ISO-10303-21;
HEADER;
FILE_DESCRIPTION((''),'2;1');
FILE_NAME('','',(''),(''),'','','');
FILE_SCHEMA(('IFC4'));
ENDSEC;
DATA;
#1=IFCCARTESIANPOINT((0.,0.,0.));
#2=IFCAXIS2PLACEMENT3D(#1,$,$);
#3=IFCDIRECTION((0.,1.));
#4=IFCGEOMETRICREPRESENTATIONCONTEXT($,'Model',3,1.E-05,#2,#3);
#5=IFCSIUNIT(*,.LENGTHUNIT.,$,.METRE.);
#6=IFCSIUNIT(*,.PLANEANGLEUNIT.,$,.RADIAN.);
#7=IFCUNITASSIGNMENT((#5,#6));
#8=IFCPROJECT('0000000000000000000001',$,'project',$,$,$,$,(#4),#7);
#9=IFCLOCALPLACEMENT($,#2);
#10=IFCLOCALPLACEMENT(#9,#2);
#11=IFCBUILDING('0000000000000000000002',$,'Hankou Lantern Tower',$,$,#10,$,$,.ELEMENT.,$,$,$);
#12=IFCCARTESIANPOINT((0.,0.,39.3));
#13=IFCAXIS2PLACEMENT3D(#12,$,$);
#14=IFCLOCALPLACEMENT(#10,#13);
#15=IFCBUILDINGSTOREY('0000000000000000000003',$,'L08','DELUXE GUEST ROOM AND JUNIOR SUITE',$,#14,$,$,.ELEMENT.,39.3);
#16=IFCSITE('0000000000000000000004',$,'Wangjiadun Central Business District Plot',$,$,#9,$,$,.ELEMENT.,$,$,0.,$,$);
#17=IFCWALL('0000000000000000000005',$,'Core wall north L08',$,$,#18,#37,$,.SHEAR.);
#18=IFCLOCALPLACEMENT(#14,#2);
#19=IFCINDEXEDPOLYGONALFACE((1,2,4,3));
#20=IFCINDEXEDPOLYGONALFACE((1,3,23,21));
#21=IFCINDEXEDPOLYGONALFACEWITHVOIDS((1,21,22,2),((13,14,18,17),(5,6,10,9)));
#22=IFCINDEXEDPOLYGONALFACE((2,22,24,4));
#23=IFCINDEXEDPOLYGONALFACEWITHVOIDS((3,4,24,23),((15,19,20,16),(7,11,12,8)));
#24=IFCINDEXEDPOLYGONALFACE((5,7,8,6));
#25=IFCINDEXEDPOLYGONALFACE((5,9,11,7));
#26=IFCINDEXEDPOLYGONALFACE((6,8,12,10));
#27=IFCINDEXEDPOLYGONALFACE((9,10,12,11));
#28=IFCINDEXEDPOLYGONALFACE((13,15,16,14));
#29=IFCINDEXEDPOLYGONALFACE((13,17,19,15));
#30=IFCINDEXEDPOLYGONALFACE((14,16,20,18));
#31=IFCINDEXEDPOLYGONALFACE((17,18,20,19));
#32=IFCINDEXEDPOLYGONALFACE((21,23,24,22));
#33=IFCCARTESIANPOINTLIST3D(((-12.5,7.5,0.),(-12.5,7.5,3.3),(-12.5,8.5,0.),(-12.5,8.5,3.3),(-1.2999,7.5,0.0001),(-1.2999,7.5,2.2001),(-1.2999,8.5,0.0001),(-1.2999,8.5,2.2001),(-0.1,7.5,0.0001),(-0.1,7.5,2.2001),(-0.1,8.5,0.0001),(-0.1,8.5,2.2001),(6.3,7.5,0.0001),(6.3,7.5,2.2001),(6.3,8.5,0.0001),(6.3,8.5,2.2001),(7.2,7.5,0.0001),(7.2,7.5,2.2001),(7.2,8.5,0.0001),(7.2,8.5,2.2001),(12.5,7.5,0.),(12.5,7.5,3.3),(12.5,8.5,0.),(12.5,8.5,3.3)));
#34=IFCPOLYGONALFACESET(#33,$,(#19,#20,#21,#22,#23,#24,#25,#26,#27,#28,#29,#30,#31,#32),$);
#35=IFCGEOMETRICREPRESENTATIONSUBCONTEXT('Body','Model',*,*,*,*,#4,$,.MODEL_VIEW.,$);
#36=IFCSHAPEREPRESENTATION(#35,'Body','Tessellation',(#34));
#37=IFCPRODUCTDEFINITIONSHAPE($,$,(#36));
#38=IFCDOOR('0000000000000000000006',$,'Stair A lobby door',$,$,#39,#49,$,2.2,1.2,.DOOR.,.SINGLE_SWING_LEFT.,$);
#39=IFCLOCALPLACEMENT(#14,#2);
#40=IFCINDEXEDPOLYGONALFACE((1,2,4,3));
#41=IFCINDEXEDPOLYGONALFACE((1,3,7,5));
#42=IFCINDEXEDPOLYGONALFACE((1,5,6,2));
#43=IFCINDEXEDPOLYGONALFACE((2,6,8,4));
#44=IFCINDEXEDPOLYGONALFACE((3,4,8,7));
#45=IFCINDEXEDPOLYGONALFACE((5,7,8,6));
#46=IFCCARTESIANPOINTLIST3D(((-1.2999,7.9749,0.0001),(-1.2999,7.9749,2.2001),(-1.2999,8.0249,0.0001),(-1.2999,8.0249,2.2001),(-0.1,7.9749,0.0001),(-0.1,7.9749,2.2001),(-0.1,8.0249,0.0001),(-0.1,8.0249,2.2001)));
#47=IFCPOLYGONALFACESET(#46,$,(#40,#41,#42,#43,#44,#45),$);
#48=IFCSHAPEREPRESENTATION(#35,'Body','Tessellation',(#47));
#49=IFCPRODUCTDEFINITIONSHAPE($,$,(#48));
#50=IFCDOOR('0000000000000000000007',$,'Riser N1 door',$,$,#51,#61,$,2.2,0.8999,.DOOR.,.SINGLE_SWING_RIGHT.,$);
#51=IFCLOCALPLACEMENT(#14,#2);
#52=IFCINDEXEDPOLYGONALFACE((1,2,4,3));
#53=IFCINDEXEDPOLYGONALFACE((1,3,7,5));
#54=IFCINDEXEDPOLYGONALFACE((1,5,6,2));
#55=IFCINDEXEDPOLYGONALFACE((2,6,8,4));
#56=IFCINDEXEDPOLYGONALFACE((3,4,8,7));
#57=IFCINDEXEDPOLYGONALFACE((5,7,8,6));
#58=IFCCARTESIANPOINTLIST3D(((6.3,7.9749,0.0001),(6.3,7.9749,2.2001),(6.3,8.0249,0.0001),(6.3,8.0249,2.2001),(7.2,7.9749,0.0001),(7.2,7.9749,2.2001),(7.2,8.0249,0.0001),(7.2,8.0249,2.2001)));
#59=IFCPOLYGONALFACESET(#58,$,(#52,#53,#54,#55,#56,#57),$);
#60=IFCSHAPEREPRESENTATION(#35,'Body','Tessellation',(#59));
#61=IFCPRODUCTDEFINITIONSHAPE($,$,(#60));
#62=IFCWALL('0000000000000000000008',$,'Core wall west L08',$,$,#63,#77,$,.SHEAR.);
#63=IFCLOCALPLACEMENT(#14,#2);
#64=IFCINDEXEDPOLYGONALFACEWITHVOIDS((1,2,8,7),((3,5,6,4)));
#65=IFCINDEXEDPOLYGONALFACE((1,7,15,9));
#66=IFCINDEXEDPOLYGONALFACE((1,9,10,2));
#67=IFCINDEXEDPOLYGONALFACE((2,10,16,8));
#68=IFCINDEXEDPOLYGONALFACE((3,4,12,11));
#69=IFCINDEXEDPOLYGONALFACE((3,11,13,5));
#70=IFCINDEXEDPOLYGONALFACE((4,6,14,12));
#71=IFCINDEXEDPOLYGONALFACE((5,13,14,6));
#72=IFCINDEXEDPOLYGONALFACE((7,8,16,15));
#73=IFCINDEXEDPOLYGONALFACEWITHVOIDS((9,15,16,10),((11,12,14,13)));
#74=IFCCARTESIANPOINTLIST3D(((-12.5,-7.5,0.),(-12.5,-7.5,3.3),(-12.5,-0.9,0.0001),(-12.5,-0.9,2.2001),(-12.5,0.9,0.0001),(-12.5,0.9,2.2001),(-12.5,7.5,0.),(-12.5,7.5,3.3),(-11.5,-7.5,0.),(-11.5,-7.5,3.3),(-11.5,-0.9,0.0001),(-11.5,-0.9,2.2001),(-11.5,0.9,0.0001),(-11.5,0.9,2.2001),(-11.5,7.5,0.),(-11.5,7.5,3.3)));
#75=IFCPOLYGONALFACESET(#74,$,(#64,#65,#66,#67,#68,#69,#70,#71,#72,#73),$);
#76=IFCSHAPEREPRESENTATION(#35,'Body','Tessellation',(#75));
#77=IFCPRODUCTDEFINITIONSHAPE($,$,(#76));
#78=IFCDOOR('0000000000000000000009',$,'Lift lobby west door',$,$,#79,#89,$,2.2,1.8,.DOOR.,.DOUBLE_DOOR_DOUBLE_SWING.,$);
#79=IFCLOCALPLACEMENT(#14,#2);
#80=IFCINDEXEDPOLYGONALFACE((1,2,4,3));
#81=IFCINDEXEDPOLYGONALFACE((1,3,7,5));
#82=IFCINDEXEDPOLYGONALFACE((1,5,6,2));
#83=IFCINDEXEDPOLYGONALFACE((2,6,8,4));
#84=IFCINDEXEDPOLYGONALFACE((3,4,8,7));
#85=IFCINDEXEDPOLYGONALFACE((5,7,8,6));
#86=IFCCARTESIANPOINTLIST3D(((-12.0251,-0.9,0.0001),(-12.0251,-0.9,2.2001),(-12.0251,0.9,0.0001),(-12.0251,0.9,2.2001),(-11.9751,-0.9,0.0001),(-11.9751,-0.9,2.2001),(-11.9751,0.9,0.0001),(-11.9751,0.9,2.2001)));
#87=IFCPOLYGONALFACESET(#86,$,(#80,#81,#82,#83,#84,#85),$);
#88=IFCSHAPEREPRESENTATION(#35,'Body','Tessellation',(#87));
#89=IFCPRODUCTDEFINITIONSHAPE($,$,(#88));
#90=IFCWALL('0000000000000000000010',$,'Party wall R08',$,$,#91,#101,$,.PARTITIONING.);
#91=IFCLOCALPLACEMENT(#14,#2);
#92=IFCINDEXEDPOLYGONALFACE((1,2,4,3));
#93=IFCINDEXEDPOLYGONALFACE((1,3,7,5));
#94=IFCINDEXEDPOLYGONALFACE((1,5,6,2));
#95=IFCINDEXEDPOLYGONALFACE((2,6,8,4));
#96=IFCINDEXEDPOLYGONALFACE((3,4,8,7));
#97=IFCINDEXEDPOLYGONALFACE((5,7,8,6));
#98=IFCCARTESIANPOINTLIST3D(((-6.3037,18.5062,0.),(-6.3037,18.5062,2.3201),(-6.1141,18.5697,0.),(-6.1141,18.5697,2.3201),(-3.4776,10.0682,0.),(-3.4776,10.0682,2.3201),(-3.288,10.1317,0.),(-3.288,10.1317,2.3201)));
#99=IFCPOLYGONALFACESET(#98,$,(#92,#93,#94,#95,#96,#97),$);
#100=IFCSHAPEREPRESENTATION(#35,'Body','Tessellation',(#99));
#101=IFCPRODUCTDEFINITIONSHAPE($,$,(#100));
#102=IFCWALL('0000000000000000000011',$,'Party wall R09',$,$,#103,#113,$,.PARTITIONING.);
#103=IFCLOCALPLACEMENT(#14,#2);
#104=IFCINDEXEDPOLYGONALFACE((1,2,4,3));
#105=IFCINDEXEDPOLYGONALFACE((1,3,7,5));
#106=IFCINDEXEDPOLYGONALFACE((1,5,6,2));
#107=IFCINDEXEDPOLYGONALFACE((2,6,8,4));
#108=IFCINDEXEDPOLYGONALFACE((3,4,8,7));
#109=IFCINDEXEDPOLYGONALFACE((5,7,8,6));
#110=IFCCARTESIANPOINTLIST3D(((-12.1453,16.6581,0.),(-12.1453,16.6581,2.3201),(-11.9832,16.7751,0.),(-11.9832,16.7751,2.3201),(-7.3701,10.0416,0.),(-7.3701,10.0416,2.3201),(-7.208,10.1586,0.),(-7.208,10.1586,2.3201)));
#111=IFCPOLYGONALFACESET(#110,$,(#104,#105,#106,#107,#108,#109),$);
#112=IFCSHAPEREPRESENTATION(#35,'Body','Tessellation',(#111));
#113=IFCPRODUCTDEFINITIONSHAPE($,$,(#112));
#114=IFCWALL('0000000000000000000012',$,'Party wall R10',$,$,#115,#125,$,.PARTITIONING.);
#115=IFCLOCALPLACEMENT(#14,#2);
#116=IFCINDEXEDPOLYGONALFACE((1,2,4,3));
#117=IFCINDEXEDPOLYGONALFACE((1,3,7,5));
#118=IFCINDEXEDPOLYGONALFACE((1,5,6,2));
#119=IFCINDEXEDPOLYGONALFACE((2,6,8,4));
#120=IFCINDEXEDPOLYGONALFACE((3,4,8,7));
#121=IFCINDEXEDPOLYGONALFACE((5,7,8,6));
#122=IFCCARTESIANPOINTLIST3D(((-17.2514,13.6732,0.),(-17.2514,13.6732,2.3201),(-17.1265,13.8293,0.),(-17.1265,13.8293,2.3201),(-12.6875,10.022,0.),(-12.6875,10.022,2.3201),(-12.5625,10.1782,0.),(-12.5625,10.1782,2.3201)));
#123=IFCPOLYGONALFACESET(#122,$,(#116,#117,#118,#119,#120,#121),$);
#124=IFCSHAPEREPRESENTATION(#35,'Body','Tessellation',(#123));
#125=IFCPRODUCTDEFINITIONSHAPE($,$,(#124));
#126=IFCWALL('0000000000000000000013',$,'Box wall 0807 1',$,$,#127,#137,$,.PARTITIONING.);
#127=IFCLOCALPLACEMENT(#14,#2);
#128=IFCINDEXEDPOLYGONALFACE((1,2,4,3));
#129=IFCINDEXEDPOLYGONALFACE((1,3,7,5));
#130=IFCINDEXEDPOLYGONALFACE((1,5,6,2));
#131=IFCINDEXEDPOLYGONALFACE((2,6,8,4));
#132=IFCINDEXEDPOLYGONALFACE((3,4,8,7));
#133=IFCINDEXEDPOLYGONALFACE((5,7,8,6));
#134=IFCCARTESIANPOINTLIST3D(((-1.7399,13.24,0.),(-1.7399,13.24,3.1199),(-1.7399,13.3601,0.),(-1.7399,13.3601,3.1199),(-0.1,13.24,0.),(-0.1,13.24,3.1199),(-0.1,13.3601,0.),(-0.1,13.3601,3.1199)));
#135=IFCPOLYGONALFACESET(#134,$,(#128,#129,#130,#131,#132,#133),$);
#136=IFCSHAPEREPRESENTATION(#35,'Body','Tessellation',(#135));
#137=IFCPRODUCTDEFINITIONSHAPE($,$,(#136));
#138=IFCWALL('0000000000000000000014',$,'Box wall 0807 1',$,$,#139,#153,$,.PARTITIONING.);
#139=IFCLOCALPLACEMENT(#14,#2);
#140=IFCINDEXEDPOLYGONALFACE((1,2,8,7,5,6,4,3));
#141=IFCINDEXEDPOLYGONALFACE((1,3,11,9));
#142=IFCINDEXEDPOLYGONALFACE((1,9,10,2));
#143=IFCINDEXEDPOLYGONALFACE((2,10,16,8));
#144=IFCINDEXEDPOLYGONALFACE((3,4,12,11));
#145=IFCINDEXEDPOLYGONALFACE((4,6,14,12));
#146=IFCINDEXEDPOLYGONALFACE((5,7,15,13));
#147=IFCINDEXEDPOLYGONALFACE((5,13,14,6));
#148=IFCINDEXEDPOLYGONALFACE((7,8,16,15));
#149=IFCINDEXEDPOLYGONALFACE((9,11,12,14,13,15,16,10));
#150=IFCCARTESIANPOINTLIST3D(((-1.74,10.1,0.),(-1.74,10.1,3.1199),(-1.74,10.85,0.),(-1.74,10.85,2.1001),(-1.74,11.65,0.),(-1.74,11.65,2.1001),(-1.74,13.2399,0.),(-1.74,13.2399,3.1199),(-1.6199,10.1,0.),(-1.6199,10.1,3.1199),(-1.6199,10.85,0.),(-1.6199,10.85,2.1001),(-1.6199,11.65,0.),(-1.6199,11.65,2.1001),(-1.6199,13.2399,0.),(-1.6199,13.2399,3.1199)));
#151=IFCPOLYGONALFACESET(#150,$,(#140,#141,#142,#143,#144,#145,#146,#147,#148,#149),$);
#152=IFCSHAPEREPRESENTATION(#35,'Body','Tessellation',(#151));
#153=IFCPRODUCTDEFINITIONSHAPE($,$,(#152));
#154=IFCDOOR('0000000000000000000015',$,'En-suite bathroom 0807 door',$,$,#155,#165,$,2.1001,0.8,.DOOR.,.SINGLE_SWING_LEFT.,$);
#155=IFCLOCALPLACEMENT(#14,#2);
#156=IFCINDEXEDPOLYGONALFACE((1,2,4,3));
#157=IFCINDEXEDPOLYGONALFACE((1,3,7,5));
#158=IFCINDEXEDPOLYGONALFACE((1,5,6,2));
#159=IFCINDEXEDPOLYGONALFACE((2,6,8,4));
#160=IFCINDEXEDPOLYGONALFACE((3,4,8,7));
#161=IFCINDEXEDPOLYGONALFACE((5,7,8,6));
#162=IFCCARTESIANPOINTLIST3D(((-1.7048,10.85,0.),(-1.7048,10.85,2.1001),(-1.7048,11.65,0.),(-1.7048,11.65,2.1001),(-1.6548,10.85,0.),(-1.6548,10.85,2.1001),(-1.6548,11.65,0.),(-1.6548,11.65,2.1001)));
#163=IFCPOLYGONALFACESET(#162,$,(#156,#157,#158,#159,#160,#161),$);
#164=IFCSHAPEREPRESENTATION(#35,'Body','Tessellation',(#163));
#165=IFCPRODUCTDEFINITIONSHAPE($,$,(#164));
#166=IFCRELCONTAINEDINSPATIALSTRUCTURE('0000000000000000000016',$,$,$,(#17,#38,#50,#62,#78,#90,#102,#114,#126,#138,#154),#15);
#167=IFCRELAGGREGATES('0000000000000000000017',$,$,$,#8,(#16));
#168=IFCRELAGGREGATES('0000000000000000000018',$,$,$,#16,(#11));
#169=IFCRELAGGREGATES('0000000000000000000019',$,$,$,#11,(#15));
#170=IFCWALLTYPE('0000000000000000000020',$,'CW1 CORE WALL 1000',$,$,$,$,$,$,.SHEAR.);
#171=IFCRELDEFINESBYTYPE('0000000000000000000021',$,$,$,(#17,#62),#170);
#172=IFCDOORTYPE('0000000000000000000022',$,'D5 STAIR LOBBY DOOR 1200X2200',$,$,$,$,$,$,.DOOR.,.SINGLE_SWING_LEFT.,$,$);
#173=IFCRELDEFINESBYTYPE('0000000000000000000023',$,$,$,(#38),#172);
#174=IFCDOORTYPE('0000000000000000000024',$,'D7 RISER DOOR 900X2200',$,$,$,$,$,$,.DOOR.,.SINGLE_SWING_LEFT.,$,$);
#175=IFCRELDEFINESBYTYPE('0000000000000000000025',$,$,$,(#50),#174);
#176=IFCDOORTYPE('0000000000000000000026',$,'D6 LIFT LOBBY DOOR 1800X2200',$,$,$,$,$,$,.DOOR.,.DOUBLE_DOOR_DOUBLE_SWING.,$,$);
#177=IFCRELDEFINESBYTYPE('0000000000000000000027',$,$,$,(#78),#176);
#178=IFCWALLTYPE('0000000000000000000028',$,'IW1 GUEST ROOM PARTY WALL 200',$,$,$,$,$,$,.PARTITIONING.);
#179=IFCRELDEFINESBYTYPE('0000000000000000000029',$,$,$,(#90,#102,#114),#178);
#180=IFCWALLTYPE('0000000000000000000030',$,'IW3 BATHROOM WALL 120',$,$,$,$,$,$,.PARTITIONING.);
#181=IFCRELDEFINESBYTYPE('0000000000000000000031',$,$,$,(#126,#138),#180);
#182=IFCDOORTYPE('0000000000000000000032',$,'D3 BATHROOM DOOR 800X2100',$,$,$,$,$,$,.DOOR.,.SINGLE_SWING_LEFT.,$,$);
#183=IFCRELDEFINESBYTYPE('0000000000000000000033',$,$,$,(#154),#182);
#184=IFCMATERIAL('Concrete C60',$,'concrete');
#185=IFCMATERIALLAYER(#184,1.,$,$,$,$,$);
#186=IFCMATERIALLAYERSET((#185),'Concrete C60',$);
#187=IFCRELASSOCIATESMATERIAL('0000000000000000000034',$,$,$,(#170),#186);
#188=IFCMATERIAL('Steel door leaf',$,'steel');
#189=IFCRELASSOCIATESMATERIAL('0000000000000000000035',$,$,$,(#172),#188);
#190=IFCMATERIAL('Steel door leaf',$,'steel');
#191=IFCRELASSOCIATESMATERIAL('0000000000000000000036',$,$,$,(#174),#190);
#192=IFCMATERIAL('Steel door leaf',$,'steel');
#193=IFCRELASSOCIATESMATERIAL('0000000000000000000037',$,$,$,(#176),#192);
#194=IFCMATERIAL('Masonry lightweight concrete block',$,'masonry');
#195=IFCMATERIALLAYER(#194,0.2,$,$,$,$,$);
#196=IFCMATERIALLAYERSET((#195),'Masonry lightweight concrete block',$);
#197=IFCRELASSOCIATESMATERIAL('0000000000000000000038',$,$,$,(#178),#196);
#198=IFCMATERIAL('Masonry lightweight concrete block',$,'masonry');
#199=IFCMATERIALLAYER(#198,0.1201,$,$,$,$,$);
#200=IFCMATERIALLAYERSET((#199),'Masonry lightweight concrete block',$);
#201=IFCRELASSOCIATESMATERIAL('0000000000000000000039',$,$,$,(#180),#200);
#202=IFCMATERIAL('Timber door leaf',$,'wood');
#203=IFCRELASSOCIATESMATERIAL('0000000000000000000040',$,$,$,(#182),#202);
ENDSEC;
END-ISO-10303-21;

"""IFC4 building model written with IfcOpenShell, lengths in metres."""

from ifc_helpers import new_model, si_unit, direction, frame, frame_2d, origin, place, context, subcontext, project, spatial, rectangle, extrude, material, layer, layer_set, type_object, element, fill, save


model = new_model("IFC4")

# Units and contexts
model_context = context("Model", 3, precision=1e-05, world=origin(), true_north=direction((0.0, 1.0)))
body_context = subcontext(model_context, "Body", "Model", "MODEL_VIEW")
ifc_project = project(units=[si_unit("LENGTHUNIT", "METRE"), si_unit("PLANEANGLEUNIT", "RADIAN")], contexts=[model_context])

# Site, building, storey
site_placement = place(None, origin())
site = spatial("IfcSite", under=ifc_project, at=site_placement, Name="Wangjiadun Central Business District Plot", CompositionType="ELEMENT", RefElevation=0.0)
building_placement = place(site_placement, origin())
building = spatial("IfcBuilding", under=site, at=building_placement, Name="Hankou Lantern Tower", CompositionType="ELEMENT")
storey_placement = place(building_placement, frame((0.0, 0.0, 39.3)))
storey = spatial("IfcBuildingStorey", under=building, at=storey_placement, Name="L08", Description="DELUXE GUEST ROOM AND JUNIOR SUITE", CompositionType="ELEMENT", Elevation=39.3)

# Wall, openings, doors
ifc_material_1 = material(Name="Concrete C60", Category="concrete")
ifc_layer_1 = layer(ifc_material_1, 1.0)
ifc_layer_set_1 = layer_set([ifc_layer_1], Name="Concrete C60")
wall_type_1 = type_object("IfcWallType", Name="CW1 CORE WALL 1000", PredefinedType="SHEAR", material=ifc_layer_set_1)
wall_1_placement = place(storey_placement, frame((-12.5, 8.0, 0.0), z_axis=(0.0, 0.0, 1.0), x_axis=(1.0, 0.0, 0.0)))
wall_1 = element("IfcWall", 1, at=wall_1_placement, inside=storey, type_object=wall_type_1, Name="Core wall north L08", PredefinedType="SHEAR", context=body_context, shape_type="SweptSolid", body=[
    extrude(rectangle(XDim=25.0, YDim=1.0, at=frame_2d((12.5, 0.0))), origin(), (0.0, 0.0, 1.0), 3.3),
])
opening_1_placement = place(wall_1_placement, frame((11.2, 0.0, 0.0)))
opening_1 = element("IfcOpeningElement", 2, at=opening_1_placement, cuts=wall_1, PredefinedType="OPENING", context=body_context, shape_type="SweptSolid", body=[
    extrude(rectangle(XDim=1.2, YDim=2.2, at=frame_2d((0.6001, 1.1001))), frame((0.0, 0.51, 0.0), z_axis=(0.0, -1.0, 0.0), x_axis=(1.0, 0.0, 0.0)), (0.0, 0.0, 1.0), 1.02),
])
opening_2_placement = place(wall_1_placement, frame((18.8, 0.0, 0.0)))
opening_2 = element("IfcOpeningElement", 3, at=opening_2_placement, cuts=wall_1, PredefinedType="OPENING", context=body_context, shape_type="SweptSolid", body=[
    extrude(rectangle(XDim=0.8999, YDim=2.2, at=frame_2d((0.45, 1.1001))), frame((0.0, 0.51, 0.0), z_axis=(0.0, -1.0, 0.0), x_axis=(1.0, 0.0, 0.0)), (0.0, 0.0, 1.0), 1.02),
])
ifc_material_2 = material(Name="Steel door leaf", Category="steel")
door_type_1 = type_object("IfcDoorType", Name="D5 STAIR LOBBY DOOR 1200X2200", OperationType="SINGLE_SWING_LEFT", PredefinedType="DOOR", material=ifc_material_2)
door_1_placement = place(opening_1_placement, origin())
door_1 = element("IfcDoor", 4, at=door_1_placement, inside=storey, type_object=door_type_1, Name="Stair A lobby door", OperationType="SINGLE_SWING_LEFT", OverallHeight=2.2, OverallWidth=1.2, PredefinedType="DOOR", context=body_context, shape_type="SweptSolid", body=[
    extrude(rectangle(XDim=1.2, YDim=2.2, at=frame_2d((0.6001, 1.1001))), frame((0.0, 0.0249, 0.0), z_axis=(0.0, -1.0, 0.0), x_axis=(1.0, 0.0, 0.0)), (0.0, 0.0, 1.0), 0.05),
])
fill(opening_1, door_1)
ifc_material_3 = material(Name="Steel door leaf", Category="steel")
door_type_2 = type_object("IfcDoorType", Name="D7 RISER DOOR 900X2200", OperationType="SINGLE_SWING_LEFT", PredefinedType="DOOR", material=ifc_material_3)
door_2_placement = place(opening_2_placement, origin())
door_2 = element("IfcDoor", 5, at=door_2_placement, inside=storey, type_object=door_type_2, Name="Riser N1 door", OperationType="SINGLE_SWING_RIGHT", OverallHeight=2.2, OverallWidth=0.8999, PredefinedType="DOOR", context=body_context, shape_type="SweptSolid", body=[
    extrude(rectangle(XDim=0.8999, YDim=2.2, at=frame_2d((0.45, 1.1001))), frame((0.0, 0.0249, 0.0), z_axis=(0.0, -1.0, 0.0), x_axis=(1.0, 0.0, 0.0)), (0.0, 0.0, 1.0), 0.05),
])
fill(opening_2, door_2)

# Wall, opening, door
wall_2_placement = place(storey_placement, frame((-12.0, 7.5, 0.0), z_axis=(0.0, 0.0, 1.0), x_axis=(0.0, -1.0, 0.0)))
wall_2 = element("IfcWall", 6, at=wall_2_placement, inside=storey, type_object=wall_type_1, Name="Core wall west L08", PredefinedType="SHEAR", context=body_context, shape_type="SweptSolid", body=[
    extrude(rectangle(XDim=15.0, YDim=1.0, at=frame_2d((7.5, 0.0))), origin(), (0.0, 0.0, 1.0), 3.3),
])
opening_3_placement = place(wall_2_placement, frame((6.6001, 0.0, 0.0)))
opening_3 = element("IfcOpeningElement", 7, at=opening_3_placement, cuts=wall_2, PredefinedType="OPENING", context=body_context, shape_type="SweptSolid", body=[
    extrude(rectangle(XDim=1.8, YDim=2.2, at=frame_2d((0.8999, 1.1001))), frame((0.0, 0.51, 0.0), z_axis=(0.0, -1.0, 0.0), x_axis=(1.0, 0.0, 0.0)), (0.0, 0.0, 1.0), 1.02),
])
ifc_material_4 = material(Name="Steel door leaf", Category="steel")
door_type_3 = type_object("IfcDoorType", Name="D6 LIFT LOBBY DOOR 1800X2200", OperationType="DOUBLE_DOOR_DOUBLE_SWING", PredefinedType="DOOR", material=ifc_material_4)
door_3_placement = place(opening_3_placement, origin())
door_3 = element("IfcDoor", 8, at=door_3_placement, inside=storey, type_object=door_type_3, Name="Lift lobby west door", OperationType="DOUBLE_DOOR_DOUBLE_SWING", OverallHeight=2.2, OverallWidth=1.8, PredefinedType="DOOR", context=body_context, shape_type="SweptSolid", body=[
    extrude(rectangle(XDim=1.8, YDim=2.2, at=frame_2d((0.8999, 1.1001))), frame((0.0, 0.0249, 0.0), z_axis=(0.0, -1.0, 0.0), x_axis=(1.0, 0.0, 0.0)), (0.0, 0.0, 1.0), 0.05),
])
fill(opening_3, door_3)

# Walls
ifc_material_5 = material(Name="Masonry lightweight concrete block", Category="masonry")
ifc_layer_2 = layer(ifc_material_5, 0.2)
ifc_layer_set_2 = layer_set([ifc_layer_2], Name="Masonry lightweight concrete block")
wall_type_2 = type_object("IfcWallType", Name="IW1 GUEST ROOM PARTY WALL 200", PredefinedType="PARTITIONING", material=ifc_layer_set_2)
wall_3_placement = place(storey_placement, frame((-3.3828, 10.1001, 0.0), z_axis=(0.0, 0.0, 1.0), x_axis=(-0.317594, 0.948227, 0.0)))
element("IfcWall", 9, at=wall_3_placement, inside=storey, type_object=wall_type_2, Name="Party wall R08", PredefinedType="PARTITIONING", context=body_context, shape_type="SweptSolid", body=[
    extrude(rectangle(XDim=8.8987, YDim=0.2, at=frame_2d((4.4492, 0.0))), origin(), (0.0, 0.0, 1.0), 2.3201),
])
wall_4_placement = place(storey_placement, frame((-7.2891, 10.1001, 0.0), z_axis=(0.0, 0.0, 1.0), x_axis=(-0.585216, 0.810877, 0.0)))
element("IfcWall", 10, at=wall_4_placement, inside=storey, type_object=wall_type_2, Name="Party wall R09", PredefinedType="PARTITIONING", context=body_context, shape_type="SweptSolid", body=[
    extrude(rectangle(XDim=8.1597, YDim=0.2, at=frame_2d((4.0798, 0.0))), origin(), (0.0, 0.0, 1.0), 2.3201),
])
wall_5_placement = place(storey_placement, frame((-12.625, 10.1001, 0.0), z_axis=(0.0, 0.0, 1.0), x_axis=(-0.780873, 0.62469, 0.0)))
element("IfcWall", 11, at=wall_5_placement, inside=storey, type_object=wall_type_2, Name="Party wall R10", PredefinedType="PARTITIONING", context=body_context, shape_type="SweptSolid", body=[
    extrude(rectangle(XDim=5.8447, YDim=0.2, at=frame_2d((2.9224, 0.0))), origin(), (0.0, 0.0, 1.0), 2.3201),
])
ifc_material_6 = material(Name="Masonry lightweight concrete block", Category="masonry")
ifc_layer_3 = layer(ifc_material_6, 0.1201)
ifc_layer_set_3 = layer_set([ifc_layer_3], Name="Masonry lightweight concrete block")
wall_type_3 = type_object("IfcWallType", Name="IW3 BATHROOM WALL 120", PredefinedType="PARTITIONING", material=ifc_layer_set_3)
wall_6_placement = place(storey_placement, frame((-0.1001, 13.3, 0.0), z_axis=(0.0, 0.0, 1.0), x_axis=(-1.0, 0.0, 0.0)))
element("IfcWall", 12, at=wall_6_placement, inside=storey, type_object=wall_type_3, Name="Box wall 0807 1", PredefinedType="PARTITIONING", context=body_context, shape_type="SweptSolid", body=[
    extrude(rectangle(XDim=1.6399, YDim=0.1201, at=frame_2d((0.8198, 0.0))), origin(), (0.0, 0.0, 1.0), 3.1199),
])

# Wall, opening, door
wall_7_placement = place(storey_placement, frame((-1.6799, 10.1001, 0.0), z_axis=(0.0, 0.0, 1.0), x_axis=(0.0, 1.0, 0.0)))
wall_7 = element("IfcWall", 13, at=wall_7_placement, inside=storey, type_object=wall_type_3, Name="Box wall 0807 1", PredefinedType="PARTITIONING", context=body_context, shape_type="SweptSolid", body=[
    extrude(rectangle(XDim=3.1399, YDim=0.1201, at=frame_2d((1.5698, 0.0))), origin(), (0.0, 0.0, 1.0), 3.1199),
])
opening_4_placement = place(wall_7_placement, frame((0.75, 0.0, 0.0)))
opening_4 = element("IfcOpeningElement", 14, at=opening_4_placement, cuts=wall_7, PredefinedType="OPENING", context=body_context, shape_type="SweptSolid", body=[
    extrude(rectangle(XDim=0.8, YDim=2.1001, at=frame_2d((0.3999, 1.05))), frame((0.0, 0.0701, 0.0), z_axis=(0.0, -1.0, 0.0), x_axis=(1.0, 0.0, 0.0)), (0.0, 0.0, 1.0), 0.1401),
])
ifc_material_7 = material(Name="Timber door leaf", Category="wood")
door_type_4 = type_object("IfcDoorType", Name="D3 BATHROOM DOOR 800X2100", OperationType="SINGLE_SWING_LEFT", PredefinedType="DOOR", material=ifc_material_7)
door_4_placement = place(opening_4_placement, origin())
door_4 = element("IfcDoor", 15, at=door_4_placement, inside=storey, type_object=door_type_4, Name="En-suite bathroom 0807 door", OperationType="SINGLE_SWING_LEFT", OverallHeight=2.1001, OverallWidth=0.8, PredefinedType="DOOR", context=body_context, shape_type="SweptSolid", body=[
    extrude(rectangle(XDim=0.8, YDim=2.1001, at=frame_2d((0.3999, 1.05))), frame((0.0, 0.0249, 0.0), z_axis=(0.0, -1.0, 0.0), x_axis=(1.0, 0.0, 0.0)), (0.0, 0.0, 1.0), 0.05),
])
fill(opening_4, door_4)

save(model, "model.ifc")
